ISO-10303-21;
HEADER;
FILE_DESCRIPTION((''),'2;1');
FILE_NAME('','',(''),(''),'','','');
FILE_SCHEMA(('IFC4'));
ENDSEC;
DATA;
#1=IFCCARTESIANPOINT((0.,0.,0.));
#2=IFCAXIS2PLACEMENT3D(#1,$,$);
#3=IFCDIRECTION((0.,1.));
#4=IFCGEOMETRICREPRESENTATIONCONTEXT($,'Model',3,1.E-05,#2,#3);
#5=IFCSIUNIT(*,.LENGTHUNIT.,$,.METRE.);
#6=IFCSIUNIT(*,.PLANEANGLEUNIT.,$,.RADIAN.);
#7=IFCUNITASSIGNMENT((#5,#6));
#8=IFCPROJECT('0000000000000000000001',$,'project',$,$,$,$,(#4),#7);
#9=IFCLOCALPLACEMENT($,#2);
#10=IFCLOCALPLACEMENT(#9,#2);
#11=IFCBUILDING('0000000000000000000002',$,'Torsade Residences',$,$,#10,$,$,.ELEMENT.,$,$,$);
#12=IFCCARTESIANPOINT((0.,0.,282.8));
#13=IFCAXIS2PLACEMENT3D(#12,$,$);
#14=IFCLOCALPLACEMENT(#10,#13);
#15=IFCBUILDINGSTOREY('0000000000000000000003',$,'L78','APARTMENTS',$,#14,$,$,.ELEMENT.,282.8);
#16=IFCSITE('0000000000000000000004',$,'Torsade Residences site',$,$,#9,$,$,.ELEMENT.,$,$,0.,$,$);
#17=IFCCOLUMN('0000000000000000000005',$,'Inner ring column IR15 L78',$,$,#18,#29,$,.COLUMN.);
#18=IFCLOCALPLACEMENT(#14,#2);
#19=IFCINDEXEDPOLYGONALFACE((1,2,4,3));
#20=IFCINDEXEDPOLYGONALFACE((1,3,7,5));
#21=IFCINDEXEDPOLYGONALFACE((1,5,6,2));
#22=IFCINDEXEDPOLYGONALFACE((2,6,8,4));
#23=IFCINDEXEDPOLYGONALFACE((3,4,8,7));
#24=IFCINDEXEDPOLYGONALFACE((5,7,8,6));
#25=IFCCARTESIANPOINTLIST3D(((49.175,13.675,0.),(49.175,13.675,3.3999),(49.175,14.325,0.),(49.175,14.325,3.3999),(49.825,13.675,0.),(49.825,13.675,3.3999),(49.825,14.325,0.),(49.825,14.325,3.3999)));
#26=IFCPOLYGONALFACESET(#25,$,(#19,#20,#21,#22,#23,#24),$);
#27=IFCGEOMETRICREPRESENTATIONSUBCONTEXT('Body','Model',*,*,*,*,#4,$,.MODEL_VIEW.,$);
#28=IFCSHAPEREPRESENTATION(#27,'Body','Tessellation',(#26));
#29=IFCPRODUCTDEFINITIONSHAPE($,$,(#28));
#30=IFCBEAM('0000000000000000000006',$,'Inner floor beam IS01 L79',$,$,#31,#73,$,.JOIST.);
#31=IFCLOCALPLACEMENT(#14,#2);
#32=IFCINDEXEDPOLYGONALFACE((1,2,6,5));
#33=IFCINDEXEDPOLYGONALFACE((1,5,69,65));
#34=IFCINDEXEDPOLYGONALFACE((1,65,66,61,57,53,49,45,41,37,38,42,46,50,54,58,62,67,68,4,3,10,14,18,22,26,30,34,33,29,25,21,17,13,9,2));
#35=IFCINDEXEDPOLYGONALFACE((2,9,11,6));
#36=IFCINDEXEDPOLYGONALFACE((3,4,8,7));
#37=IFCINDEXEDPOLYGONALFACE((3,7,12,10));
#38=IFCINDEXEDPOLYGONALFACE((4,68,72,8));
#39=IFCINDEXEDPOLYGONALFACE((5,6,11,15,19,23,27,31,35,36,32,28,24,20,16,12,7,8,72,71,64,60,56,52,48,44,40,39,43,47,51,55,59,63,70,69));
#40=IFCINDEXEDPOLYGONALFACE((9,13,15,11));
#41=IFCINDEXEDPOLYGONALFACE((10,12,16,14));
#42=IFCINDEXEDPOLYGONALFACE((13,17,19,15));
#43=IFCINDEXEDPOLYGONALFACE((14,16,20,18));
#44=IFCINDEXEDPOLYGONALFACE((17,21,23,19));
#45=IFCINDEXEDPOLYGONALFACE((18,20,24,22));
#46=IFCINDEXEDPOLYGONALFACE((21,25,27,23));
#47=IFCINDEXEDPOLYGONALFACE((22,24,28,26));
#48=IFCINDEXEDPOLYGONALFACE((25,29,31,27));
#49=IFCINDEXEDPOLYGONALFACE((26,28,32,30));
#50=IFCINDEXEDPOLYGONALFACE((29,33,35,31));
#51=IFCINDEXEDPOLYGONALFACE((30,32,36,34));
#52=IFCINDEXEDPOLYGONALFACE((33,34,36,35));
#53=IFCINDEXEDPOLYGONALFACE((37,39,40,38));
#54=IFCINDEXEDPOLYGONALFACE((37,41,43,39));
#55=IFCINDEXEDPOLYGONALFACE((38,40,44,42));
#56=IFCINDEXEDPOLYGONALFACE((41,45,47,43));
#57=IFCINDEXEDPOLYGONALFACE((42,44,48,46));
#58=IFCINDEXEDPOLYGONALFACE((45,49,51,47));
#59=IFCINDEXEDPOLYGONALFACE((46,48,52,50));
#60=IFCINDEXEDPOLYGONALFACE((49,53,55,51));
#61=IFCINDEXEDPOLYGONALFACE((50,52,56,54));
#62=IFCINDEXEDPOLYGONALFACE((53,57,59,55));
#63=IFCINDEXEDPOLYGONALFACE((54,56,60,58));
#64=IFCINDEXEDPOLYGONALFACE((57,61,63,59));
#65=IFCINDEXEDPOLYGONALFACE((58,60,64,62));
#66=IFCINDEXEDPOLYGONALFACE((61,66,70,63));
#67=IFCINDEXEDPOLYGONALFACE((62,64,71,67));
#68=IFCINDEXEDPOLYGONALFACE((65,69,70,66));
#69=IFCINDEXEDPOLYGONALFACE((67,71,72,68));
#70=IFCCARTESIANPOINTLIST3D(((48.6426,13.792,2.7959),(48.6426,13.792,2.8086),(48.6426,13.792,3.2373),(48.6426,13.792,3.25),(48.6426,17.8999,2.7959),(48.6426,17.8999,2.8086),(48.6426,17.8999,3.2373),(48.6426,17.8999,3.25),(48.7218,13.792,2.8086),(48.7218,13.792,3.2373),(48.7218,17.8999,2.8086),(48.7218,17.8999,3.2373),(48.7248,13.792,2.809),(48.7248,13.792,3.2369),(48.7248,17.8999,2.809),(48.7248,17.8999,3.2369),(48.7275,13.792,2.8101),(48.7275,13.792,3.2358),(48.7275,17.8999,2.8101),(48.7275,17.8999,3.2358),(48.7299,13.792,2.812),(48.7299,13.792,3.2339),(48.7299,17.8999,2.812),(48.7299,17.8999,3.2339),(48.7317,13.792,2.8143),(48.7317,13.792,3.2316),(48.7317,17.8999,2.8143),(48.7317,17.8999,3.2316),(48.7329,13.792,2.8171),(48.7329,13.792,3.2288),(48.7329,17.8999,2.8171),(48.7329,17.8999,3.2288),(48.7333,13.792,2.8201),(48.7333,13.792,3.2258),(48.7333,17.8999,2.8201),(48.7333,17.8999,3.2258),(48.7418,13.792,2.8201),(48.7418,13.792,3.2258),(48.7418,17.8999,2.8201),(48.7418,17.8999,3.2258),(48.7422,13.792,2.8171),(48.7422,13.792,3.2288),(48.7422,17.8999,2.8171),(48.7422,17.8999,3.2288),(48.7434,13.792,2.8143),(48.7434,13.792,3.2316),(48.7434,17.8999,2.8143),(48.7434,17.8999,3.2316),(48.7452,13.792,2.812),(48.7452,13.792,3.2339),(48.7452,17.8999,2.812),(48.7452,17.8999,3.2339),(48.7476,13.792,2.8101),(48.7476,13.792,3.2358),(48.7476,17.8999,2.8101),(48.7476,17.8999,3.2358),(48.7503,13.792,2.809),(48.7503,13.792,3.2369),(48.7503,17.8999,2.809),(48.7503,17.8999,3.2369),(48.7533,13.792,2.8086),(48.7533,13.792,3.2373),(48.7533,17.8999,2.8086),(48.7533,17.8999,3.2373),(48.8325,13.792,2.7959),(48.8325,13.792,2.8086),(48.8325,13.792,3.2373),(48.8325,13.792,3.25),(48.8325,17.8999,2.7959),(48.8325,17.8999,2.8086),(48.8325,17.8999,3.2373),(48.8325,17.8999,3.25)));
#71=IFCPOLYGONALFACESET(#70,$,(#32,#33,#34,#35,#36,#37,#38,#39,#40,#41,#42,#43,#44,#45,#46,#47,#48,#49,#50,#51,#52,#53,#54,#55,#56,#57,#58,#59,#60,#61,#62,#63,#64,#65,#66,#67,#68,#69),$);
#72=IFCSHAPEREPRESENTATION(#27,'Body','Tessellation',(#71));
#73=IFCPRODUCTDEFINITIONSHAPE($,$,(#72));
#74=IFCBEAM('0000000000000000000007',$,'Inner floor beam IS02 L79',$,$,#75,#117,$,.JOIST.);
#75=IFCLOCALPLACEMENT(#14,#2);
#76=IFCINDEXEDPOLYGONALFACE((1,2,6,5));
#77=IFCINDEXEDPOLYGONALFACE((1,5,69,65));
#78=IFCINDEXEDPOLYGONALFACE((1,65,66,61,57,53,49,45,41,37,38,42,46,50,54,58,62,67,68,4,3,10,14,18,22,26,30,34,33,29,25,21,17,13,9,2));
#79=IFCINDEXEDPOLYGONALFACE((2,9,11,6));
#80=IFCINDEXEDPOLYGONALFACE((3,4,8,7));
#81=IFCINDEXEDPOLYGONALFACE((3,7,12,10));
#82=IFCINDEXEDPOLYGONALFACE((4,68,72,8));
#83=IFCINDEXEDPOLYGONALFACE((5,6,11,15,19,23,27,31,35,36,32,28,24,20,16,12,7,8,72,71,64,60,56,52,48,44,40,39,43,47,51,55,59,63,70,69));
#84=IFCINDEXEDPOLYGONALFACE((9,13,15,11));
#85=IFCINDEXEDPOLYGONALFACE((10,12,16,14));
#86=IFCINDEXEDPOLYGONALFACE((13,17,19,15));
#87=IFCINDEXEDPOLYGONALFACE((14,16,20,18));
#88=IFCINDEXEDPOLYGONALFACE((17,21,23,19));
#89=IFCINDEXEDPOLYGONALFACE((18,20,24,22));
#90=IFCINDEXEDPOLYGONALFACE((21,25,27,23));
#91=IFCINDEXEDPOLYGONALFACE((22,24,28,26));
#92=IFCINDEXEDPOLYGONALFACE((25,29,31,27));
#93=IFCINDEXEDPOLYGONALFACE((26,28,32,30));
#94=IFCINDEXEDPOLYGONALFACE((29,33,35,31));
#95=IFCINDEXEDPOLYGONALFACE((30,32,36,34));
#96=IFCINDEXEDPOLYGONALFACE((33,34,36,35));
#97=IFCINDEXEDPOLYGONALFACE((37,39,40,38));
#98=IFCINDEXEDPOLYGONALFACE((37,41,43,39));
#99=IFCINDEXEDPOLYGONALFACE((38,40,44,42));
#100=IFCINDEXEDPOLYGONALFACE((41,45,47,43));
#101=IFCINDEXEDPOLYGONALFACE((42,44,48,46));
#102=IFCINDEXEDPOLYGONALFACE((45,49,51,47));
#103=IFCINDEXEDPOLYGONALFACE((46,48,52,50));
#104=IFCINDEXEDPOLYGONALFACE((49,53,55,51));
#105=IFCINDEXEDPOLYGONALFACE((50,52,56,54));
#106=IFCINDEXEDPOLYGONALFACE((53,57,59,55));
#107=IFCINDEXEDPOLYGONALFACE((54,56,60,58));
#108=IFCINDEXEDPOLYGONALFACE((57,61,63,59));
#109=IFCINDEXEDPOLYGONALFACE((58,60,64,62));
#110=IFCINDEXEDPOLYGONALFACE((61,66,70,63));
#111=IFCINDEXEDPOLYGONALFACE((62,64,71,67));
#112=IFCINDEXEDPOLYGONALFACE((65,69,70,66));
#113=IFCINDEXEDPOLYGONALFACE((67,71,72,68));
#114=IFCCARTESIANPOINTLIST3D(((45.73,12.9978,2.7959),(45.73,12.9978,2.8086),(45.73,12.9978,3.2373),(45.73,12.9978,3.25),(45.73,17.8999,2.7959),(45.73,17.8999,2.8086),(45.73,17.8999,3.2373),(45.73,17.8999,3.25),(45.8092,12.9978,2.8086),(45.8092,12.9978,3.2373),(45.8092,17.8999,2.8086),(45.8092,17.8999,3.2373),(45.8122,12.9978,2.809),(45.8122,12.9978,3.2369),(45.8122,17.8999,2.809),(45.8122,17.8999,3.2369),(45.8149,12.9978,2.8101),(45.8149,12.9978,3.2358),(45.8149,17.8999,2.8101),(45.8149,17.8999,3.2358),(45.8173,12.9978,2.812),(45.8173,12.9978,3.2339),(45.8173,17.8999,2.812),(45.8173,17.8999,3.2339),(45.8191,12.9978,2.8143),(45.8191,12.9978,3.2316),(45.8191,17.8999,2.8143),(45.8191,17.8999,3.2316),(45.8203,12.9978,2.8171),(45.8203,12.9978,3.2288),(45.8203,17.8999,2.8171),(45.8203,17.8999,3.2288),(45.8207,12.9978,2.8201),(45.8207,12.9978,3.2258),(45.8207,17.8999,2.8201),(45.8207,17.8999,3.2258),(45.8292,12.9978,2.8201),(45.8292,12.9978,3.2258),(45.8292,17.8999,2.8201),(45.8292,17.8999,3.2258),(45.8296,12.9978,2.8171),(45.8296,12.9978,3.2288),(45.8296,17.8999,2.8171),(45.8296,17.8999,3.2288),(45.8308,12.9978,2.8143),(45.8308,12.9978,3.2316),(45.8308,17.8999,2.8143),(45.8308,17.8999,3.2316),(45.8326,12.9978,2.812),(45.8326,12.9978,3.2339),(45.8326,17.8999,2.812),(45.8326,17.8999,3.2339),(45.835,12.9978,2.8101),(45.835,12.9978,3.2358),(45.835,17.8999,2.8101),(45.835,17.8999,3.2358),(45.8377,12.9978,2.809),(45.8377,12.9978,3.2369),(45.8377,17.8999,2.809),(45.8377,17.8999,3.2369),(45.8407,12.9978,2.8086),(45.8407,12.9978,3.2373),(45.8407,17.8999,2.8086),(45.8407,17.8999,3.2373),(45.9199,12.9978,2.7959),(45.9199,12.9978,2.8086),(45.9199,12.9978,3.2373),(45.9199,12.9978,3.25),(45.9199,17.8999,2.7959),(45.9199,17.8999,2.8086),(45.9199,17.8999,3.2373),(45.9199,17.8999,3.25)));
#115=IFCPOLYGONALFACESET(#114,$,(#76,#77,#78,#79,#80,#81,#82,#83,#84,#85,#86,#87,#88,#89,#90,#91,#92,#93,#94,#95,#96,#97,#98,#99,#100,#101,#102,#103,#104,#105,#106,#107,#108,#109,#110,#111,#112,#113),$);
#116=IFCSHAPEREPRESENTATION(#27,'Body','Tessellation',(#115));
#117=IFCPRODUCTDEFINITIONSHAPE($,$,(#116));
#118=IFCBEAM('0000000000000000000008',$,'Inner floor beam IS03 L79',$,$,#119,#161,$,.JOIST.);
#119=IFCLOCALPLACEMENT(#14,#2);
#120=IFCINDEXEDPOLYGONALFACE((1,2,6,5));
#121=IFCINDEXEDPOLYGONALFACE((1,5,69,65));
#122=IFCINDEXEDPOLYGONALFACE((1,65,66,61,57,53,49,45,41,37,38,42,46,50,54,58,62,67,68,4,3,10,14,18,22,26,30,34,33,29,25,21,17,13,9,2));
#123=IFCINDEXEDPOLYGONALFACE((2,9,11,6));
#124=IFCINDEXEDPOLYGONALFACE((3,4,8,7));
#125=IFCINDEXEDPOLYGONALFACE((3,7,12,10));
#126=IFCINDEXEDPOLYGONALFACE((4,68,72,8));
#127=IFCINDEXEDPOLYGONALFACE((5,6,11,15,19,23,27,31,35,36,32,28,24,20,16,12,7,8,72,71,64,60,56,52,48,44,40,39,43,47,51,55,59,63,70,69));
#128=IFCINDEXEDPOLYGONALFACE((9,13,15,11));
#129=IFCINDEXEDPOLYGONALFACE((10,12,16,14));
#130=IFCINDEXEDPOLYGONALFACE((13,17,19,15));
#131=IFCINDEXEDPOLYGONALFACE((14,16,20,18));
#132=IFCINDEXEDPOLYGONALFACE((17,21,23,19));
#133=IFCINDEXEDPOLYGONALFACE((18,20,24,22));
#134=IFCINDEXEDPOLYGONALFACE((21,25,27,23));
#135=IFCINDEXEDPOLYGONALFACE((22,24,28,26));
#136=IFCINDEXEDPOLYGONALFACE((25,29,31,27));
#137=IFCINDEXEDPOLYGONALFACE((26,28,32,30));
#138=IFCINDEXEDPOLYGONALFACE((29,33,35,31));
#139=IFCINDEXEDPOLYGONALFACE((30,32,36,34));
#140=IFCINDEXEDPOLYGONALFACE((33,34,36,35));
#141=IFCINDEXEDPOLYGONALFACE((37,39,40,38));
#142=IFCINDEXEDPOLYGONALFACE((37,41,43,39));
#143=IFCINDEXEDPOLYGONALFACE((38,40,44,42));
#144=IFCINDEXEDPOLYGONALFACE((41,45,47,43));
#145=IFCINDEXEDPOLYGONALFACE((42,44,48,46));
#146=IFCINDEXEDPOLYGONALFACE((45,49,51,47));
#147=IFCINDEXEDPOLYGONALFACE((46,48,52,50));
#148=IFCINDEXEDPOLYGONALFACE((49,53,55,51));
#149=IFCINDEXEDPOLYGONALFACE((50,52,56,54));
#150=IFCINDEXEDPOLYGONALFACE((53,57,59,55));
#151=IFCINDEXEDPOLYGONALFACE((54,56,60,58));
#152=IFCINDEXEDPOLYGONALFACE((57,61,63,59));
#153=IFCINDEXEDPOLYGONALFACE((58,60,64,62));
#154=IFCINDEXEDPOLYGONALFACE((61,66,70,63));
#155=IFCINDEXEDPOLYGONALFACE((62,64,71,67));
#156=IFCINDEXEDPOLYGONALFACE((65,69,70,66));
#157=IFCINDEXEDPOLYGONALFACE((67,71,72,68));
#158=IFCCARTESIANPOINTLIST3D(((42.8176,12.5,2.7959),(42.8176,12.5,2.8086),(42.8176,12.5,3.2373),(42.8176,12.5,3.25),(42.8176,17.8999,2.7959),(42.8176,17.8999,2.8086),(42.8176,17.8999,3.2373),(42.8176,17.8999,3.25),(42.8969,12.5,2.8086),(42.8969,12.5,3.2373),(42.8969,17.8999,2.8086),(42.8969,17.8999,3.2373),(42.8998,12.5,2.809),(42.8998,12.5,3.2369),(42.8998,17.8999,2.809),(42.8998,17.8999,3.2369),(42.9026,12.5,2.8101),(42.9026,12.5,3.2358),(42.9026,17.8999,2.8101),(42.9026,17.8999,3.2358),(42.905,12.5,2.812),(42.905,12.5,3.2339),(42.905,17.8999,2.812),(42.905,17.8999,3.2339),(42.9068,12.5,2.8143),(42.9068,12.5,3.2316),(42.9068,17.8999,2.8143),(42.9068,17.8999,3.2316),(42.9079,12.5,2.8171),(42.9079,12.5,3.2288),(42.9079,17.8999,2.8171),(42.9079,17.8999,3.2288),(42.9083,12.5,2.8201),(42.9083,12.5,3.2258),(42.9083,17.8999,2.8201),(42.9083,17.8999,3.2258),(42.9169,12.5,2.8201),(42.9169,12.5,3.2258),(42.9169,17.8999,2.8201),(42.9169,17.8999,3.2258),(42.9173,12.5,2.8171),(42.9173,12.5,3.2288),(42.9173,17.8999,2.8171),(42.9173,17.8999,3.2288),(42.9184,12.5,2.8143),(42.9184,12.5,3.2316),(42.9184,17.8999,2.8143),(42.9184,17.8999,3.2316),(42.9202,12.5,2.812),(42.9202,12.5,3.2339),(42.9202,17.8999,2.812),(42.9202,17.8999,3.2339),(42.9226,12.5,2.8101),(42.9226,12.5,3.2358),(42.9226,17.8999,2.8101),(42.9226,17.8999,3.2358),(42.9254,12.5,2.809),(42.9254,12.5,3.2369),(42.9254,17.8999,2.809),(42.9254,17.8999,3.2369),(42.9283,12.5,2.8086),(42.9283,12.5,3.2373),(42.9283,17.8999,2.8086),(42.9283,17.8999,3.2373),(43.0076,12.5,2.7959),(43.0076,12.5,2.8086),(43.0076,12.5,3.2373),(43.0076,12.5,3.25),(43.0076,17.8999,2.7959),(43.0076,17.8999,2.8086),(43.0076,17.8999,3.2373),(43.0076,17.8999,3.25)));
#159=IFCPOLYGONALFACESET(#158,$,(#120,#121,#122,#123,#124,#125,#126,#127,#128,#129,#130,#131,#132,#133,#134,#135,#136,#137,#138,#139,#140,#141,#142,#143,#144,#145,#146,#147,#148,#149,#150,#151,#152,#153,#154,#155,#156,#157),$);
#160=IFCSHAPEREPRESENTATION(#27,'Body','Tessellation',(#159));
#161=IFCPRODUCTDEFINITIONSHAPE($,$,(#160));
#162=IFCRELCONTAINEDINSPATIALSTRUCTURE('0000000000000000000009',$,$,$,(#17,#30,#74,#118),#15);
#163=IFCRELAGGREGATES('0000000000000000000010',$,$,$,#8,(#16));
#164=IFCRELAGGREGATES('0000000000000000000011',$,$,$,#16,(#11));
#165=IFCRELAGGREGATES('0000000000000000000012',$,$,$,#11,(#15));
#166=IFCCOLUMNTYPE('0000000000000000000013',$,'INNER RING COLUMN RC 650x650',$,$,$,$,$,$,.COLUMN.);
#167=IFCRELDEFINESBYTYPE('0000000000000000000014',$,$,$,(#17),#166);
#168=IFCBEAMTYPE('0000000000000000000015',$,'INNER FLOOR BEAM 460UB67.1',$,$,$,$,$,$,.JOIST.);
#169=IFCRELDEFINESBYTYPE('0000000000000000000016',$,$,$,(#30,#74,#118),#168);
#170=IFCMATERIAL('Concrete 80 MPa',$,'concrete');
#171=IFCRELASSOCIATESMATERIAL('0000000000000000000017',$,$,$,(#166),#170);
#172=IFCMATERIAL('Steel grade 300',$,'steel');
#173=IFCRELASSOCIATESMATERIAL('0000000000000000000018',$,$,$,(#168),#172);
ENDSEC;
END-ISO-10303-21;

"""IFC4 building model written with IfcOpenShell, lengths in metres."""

from ifc_helpers import new_model, si_unit, direction, frame, origin, origin_2d, place, context, subcontext, project, spatial, rectangle, i_section, extrude, material, material_profile, profile_set, type_object, element, save


model = new_model("IFC4")

# Units and contexts
model_context = context("Model", 3, precision=1e-05, world=origin(), true_north=direction((0.0, 1.0)))
body_context = subcontext(model_context, "Body", "Model", "MODEL_VIEW")
ifc_project = project(units=[si_unit("LENGTHUNIT", "METRE"), si_unit("PLANEANGLEUNIT", "RADIAN")], contexts=[model_context])

# Site, building, storey
site_placement = place(None, origin())
site = spatial("IfcSite", under=ifc_project, at=site_placement, Name="Torsade Residences site", CompositionType="ELEMENT", RefElevation=0.0)
building_placement = place(site_placement, origin())
building = spatial("IfcBuilding", under=site, at=building_placement, Name="Torsade Residences", CompositionType="ELEMENT")
storey_placement = place(building_placement, frame((0.0, 0.0, 282.8)))
storey = spatial("IfcBuildingStorey", under=building, at=storey_placement, Name="L78", Description="APARTMENTS", CompositionType="ELEMENT", Elevation=282.8)

# Column
ifc_material_1 = material(Name="Concrete 80 MPa", Category="concrete")
ifc_material_profile_1 = material_profile(ifc_material_1, rectangle(XDim=0.6499, YDim=0.6499, at=origin_2d()), Name="RC 650x650")
ifc_profile_set_1 = profile_set([ifc_material_profile_1], Name="Concrete 80 MPa")
column_type = type_object("IfcColumnType", Name="INNER RING COLUMN RC 650x650", PredefinedType="COLUMN", material=ifc_profile_set_1)
column_placement = place(storey_placement, frame((49.5, 14.0, 0.0), z_axis=(0.0, 0.0, 1.0), x_axis=(1.0, 0.0, 0.0)))
element("IfcColumn", 1, at=column_placement, inside=storey, type_object=column_type, Name="Inner ring column IR15 L78", PredefinedType="COLUMN", context=body_context, shape_type="SweptSolid", body=[
    extrude(rectangle(XDim=0.6499, YDim=0.6499, at=origin_2d()), origin(), (0.0, 0.0, 1.0), 3.3999),
])

# Beams
ifc_material_2 = material(Name="Steel grade 300", Category="steel")
ifc_material_profile_2 = material_profile(ifc_material_2, i_section(OverallWidth=0.1899, OverallDepth=0.4541, WebThickness=0.0085, FlangeThickness=0.0127, FilletRadius=0.0115, at=origin_2d()), Name="460UB67.1")
ifc_profile_set_2 = profile_set([ifc_material_profile_2], Name="Steel grade 300")
beam_type_1 = type_object("IfcBeamType", Name="INNER FLOOR BEAM 460UB67.1", PredefinedType="JOIST", material=ifc_profile_set_2)
beam_1_placement = place(storey_placement, frame((48.7375, 17.8999, 3.0229), z_axis=(0.0, -1.0, 0.0), x_axis=(1.0, 0.0, 0.0)))
element("IfcBeam", 2, at=beam_1_placement, inside=storey, type_object=beam_type_1, Name="Inner floor beam IS01 L79", PredefinedType="JOIST", context=body_context, shape_type="SweptSolid", body=[
    extrude(i_section(OverallWidth=0.1899, OverallDepth=0.4541, WebThickness=0.0085, FlangeThickness=0.0127, FilletRadius=0.0115, at=origin_2d()), origin(), (0.0, 0.0, 1.0), 4.1079),
])
beam_2_placement = place(storey_placement, frame((45.825, 17.8999, 3.0229), z_axis=(0.0, -1.0, 0.0), x_axis=(1.0, 0.0, 0.0)))
element("IfcBeam", 3, at=beam_2_placement, inside=storey, type_object=beam_type_1, Name="Inner floor beam IS02 L79", PredefinedType="JOIST", context=body_context, shape_type="SweptSolid", body=[
    extrude(i_section(OverallWidth=0.1899, OverallDepth=0.4541, WebThickness=0.0085, FlangeThickness=0.0127, FilletRadius=0.0115, at=origin_2d()), origin(), (0.0, 0.0, 1.0), 4.9021),
])
for number, where, z_axis, x_axis, name in (
    (4, (42.9126, 17.8999, 3.0229), (0.0, -1.0, 0.0), (1.0, 0.0, 0.0), "Inner floor beam IS03 L79"),
):
    element("IfcBeam", number, at=place(storey_placement, frame(where, z_axis=z_axis, x_axis=x_axis)), inside=storey, type_object=beam_type_1, Name=name, PredefinedType="JOIST", context=body_context, shape_type="SweptSolid", body=[
        extrude(i_section(OverallWidth=0.1899, OverallDepth=0.4541, WebThickness=0.0085, FlangeThickness=0.0127, FilletRadius=0.0115, at=origin_2d()), origin(), (0.0, 0.0, 1.0), 5.3999),
    ])

save(model, "model.ifc")
